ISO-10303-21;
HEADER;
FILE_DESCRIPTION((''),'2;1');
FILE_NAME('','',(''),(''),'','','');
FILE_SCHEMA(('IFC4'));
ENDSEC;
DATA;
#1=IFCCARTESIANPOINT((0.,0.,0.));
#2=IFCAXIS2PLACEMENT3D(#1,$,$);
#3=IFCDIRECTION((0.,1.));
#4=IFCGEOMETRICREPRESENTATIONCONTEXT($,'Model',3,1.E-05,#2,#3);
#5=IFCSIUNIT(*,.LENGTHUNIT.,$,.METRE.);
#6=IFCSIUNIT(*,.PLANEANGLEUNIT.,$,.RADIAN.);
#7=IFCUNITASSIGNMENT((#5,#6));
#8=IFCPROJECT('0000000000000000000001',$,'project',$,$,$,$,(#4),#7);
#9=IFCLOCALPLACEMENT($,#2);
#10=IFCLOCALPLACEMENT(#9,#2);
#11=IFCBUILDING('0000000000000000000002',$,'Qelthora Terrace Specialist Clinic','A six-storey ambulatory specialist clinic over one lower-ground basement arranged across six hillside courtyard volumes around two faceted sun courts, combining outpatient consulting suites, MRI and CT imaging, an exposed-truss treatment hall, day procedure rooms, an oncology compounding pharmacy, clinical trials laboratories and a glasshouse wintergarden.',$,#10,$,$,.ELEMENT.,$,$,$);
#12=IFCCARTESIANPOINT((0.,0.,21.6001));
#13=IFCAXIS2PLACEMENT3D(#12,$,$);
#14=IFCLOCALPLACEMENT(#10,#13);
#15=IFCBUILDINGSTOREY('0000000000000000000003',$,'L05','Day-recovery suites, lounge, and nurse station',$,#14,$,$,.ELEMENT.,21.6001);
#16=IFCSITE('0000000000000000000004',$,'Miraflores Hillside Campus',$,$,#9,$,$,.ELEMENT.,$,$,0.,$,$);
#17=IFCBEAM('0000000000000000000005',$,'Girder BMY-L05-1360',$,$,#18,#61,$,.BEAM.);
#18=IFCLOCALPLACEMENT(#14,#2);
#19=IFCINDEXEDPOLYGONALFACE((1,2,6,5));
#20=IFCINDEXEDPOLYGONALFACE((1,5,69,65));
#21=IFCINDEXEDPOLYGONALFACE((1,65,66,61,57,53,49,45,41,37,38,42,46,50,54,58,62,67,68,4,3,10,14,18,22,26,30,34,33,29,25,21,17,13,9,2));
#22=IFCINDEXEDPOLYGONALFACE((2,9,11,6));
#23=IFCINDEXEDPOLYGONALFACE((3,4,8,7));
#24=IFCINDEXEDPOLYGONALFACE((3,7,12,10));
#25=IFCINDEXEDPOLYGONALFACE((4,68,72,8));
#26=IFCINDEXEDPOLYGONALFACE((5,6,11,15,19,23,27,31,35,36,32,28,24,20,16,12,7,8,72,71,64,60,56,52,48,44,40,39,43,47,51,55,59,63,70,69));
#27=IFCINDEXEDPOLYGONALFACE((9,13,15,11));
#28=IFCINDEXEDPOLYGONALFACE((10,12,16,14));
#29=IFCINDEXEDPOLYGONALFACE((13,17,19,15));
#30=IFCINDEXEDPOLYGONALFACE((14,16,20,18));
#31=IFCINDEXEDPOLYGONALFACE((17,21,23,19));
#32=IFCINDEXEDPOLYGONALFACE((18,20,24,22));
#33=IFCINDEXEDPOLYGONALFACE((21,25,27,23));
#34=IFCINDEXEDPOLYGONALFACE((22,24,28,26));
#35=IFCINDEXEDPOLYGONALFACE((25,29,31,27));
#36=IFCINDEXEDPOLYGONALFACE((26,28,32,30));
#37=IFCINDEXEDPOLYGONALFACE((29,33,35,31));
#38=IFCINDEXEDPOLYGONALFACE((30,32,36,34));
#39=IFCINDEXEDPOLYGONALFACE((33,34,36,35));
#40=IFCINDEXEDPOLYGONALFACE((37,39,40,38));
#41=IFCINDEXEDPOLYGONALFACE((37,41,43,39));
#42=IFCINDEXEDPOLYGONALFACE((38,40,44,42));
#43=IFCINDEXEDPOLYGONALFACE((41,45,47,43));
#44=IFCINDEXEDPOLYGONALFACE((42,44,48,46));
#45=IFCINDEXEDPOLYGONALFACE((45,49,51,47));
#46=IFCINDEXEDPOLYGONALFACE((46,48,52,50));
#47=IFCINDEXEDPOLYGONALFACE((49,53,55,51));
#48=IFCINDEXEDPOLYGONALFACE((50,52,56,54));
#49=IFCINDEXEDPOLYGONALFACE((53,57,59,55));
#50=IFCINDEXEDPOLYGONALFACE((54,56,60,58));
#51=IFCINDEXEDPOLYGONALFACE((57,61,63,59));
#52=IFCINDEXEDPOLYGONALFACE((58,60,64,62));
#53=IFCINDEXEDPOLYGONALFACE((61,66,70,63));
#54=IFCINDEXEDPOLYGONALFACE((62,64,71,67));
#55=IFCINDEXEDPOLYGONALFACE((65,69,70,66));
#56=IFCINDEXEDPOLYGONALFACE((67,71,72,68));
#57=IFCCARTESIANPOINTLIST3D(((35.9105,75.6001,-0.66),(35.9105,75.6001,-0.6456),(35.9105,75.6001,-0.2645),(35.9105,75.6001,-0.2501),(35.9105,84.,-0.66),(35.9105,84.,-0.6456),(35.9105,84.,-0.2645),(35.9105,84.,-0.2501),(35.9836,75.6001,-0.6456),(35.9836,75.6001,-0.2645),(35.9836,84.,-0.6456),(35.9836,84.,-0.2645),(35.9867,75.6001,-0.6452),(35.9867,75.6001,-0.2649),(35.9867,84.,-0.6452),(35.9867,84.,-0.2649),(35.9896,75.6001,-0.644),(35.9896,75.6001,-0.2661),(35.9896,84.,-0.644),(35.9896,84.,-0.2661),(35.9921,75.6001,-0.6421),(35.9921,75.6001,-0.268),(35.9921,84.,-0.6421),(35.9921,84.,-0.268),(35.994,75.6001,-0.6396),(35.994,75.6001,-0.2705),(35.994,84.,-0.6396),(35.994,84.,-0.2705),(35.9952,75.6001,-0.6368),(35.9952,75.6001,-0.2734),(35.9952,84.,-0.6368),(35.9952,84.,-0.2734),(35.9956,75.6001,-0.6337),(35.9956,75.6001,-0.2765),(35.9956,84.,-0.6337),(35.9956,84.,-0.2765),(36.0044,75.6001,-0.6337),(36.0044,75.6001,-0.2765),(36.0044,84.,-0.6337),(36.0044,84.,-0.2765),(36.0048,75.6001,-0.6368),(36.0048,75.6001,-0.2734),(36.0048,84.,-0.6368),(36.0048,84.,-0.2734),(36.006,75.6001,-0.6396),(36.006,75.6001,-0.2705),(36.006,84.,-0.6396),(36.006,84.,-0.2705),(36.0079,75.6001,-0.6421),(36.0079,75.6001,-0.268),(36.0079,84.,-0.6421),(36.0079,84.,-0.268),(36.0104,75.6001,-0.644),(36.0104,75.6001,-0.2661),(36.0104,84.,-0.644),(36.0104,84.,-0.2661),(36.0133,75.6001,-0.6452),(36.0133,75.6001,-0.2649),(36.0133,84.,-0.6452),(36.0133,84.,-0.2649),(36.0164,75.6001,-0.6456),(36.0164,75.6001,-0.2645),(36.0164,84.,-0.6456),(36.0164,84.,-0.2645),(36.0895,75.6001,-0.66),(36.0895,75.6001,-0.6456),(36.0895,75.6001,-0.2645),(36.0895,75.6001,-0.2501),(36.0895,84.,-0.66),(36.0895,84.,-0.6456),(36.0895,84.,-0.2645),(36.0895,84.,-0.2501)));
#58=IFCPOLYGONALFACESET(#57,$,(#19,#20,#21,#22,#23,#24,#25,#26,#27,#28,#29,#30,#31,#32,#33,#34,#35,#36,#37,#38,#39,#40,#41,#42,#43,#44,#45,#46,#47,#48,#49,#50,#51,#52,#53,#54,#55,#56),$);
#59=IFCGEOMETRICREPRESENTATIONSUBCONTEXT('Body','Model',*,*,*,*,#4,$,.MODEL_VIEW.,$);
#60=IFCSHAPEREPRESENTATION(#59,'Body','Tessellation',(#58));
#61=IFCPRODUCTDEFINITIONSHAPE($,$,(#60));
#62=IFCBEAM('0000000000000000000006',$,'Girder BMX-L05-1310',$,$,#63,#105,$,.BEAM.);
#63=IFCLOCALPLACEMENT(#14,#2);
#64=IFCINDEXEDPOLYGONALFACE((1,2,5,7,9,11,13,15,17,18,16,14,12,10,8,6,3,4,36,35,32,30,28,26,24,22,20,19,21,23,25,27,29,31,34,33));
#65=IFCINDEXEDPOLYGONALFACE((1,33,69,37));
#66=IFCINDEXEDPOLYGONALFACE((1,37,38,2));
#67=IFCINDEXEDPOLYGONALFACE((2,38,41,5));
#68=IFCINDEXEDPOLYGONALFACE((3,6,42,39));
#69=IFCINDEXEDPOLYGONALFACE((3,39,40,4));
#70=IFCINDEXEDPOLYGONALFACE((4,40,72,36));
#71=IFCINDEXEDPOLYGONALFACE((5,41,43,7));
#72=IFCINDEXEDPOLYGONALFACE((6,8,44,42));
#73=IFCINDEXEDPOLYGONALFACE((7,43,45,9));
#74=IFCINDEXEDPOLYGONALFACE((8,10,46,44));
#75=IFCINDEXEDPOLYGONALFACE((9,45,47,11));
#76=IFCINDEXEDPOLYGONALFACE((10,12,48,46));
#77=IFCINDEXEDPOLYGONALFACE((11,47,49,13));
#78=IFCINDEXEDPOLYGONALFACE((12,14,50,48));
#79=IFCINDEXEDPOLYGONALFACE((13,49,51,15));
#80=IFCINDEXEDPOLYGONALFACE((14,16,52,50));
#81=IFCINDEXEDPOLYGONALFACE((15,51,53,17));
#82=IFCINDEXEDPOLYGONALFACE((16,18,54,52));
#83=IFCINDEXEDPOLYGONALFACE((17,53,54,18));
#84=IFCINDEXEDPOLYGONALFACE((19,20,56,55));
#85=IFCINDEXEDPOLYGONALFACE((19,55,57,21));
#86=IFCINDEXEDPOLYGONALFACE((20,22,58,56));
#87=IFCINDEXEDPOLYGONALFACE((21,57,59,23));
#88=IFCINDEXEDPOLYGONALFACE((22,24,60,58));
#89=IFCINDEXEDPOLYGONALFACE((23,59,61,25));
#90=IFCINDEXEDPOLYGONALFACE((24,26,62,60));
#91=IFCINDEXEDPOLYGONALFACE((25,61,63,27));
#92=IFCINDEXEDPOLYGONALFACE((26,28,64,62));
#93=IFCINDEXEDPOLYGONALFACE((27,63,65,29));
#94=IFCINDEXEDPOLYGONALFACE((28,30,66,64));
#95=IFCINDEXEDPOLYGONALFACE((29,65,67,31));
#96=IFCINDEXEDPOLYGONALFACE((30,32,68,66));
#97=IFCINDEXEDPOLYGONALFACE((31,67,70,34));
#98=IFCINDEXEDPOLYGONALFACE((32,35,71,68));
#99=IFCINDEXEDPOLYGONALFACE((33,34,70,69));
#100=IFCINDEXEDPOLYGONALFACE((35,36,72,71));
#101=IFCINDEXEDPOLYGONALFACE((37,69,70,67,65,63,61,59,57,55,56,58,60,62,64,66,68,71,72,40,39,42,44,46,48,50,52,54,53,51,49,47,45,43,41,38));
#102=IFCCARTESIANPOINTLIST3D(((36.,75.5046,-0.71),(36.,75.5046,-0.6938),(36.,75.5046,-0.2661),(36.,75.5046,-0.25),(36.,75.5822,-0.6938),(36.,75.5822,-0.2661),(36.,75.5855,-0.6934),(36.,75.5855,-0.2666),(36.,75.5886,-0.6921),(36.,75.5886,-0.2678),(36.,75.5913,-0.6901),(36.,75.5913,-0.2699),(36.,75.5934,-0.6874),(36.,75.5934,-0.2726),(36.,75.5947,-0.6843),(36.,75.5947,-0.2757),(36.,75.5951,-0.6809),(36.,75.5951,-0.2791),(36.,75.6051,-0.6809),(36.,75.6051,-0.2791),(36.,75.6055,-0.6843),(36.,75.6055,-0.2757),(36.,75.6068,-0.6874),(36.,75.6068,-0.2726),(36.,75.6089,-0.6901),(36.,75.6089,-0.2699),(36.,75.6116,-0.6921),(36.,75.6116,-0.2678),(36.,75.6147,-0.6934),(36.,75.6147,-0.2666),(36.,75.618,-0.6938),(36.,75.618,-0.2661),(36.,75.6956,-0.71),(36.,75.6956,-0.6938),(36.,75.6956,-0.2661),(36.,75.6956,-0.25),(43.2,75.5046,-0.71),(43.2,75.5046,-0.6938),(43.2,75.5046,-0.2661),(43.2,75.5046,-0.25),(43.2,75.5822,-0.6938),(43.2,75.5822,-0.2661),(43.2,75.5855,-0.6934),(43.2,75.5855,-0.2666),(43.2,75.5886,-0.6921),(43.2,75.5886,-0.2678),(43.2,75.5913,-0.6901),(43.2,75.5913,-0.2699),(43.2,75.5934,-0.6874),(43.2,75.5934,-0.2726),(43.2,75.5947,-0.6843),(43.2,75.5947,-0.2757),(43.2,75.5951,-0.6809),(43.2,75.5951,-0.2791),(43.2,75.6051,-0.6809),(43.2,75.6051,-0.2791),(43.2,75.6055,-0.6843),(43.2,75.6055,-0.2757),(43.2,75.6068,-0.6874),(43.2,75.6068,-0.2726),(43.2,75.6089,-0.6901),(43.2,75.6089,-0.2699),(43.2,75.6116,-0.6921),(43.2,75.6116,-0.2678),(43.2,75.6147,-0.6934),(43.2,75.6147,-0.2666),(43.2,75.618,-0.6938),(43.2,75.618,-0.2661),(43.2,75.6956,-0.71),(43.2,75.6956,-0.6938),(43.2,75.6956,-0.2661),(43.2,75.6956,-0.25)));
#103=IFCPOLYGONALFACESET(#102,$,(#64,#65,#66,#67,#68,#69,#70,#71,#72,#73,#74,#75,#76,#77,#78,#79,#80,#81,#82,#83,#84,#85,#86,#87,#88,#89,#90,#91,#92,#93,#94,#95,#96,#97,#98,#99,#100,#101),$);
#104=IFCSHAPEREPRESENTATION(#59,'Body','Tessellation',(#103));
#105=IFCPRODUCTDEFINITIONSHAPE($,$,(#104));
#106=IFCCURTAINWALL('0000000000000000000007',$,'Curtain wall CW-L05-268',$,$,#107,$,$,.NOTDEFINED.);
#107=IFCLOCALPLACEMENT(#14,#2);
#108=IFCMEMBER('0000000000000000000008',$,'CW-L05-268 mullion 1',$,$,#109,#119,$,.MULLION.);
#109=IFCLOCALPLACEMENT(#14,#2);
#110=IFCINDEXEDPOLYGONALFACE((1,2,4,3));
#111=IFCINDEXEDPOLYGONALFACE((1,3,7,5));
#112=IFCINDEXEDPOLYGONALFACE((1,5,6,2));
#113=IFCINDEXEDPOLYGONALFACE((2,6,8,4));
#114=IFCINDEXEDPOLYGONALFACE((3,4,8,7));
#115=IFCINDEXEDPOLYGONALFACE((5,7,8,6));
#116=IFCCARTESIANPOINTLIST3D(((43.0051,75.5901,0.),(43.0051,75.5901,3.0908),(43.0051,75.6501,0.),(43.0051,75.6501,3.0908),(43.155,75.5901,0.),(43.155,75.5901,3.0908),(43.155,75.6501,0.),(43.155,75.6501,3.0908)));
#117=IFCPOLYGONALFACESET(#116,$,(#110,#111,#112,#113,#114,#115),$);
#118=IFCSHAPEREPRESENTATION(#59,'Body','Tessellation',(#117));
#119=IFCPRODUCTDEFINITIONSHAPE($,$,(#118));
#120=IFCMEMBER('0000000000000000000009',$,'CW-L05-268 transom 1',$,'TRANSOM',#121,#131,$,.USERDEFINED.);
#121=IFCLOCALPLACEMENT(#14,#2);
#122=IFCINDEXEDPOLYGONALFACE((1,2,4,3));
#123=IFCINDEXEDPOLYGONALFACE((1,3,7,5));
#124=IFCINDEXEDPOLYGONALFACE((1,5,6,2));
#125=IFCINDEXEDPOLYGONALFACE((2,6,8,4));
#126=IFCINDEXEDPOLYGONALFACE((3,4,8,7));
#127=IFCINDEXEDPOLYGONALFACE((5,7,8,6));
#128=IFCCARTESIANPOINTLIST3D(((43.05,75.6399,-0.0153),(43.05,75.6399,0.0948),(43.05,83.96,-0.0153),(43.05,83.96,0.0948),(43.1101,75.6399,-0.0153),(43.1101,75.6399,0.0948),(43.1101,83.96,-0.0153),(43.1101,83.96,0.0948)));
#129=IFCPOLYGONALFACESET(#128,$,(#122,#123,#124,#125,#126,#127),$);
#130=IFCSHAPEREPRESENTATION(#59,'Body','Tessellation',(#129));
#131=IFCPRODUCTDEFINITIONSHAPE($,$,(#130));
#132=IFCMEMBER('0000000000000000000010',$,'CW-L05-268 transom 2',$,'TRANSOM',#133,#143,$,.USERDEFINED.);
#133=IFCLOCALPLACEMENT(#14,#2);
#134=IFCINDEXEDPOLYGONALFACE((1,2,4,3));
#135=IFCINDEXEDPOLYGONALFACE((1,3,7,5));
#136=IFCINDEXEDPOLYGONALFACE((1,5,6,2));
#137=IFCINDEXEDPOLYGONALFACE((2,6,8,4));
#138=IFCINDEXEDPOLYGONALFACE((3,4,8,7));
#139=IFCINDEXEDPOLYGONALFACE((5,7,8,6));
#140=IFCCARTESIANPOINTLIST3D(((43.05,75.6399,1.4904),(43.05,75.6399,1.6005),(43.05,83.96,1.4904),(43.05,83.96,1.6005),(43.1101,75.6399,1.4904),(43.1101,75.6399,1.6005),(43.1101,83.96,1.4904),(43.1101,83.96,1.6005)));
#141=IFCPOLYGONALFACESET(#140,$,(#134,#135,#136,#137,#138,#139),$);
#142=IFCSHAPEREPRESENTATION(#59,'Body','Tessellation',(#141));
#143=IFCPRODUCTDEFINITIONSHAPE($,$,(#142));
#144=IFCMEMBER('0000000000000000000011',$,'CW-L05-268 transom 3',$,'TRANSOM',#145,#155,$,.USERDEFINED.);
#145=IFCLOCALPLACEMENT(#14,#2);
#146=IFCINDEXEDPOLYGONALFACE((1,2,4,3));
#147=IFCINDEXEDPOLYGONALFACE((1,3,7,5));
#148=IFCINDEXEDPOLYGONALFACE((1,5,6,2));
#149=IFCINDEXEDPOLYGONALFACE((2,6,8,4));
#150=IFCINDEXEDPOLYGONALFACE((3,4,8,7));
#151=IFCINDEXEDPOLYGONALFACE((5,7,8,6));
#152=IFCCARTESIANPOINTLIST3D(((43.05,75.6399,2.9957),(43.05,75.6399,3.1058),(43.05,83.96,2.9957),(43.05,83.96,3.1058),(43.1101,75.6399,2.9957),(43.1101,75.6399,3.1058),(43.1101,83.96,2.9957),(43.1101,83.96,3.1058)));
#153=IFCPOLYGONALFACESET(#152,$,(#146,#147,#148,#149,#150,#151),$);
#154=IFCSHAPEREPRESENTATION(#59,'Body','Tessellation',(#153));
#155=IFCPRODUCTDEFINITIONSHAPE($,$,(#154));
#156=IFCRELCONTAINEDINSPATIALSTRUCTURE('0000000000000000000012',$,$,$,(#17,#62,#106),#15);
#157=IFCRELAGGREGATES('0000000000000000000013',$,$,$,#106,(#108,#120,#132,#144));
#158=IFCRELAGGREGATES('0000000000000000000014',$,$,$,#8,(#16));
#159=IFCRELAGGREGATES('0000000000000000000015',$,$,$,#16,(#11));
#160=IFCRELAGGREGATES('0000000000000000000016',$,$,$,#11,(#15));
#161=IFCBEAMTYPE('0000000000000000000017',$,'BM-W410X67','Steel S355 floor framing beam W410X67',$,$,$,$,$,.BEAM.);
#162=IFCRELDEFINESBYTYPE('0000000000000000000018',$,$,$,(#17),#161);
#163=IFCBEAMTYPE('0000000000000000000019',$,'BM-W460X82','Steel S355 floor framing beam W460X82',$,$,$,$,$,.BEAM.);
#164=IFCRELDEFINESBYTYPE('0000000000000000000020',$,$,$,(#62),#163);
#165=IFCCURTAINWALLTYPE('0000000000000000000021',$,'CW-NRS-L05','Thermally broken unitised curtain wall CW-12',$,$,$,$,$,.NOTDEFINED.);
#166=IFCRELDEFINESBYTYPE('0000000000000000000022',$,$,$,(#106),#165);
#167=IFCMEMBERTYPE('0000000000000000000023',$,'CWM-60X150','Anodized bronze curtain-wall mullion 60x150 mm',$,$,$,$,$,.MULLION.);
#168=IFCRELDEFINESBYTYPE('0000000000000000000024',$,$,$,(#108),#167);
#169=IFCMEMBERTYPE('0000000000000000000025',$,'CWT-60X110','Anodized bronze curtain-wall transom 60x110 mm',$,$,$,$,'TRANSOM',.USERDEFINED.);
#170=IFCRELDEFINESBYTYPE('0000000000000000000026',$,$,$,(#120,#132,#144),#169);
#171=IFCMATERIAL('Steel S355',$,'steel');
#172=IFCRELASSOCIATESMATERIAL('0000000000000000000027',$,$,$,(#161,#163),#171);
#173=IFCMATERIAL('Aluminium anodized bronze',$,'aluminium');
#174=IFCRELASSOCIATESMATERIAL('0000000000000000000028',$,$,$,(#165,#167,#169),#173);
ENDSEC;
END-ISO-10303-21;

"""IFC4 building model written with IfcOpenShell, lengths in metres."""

from ifc_helpers import new_model, si_unit, direction, frame, origin, origin_2d, place, context, subcontext, project, spatial, rectangle, i_section, extrude, material, material_profile, profile_set, type_object, element, aggregate, save


model = new_model("IFC4")

# Units and contexts
model_context = context("Model", 3, precision=1e-05, world=origin(), true_north=direction((0.0, 1.0)))
body_context = subcontext(model_context, "Body", "Model", "MODEL_VIEW")
ifc_project = project(units=[si_unit("LENGTHUNIT", "METRE"), si_unit("PLANEANGLEUNIT", "RADIAN")], contexts=[model_context])

# Site, building, storey
site_placement = place(None, origin())
site = spatial("IfcSite", under=ifc_project, at=site_placement, Name="Miraflores Hillside Campus", CompositionType="ELEMENT", RefElevation=0.0)
building_placement = place(site_placement, origin())
building = spatial("IfcBuilding", under=site, at=building_placement, Name="Qelthora Terrace Specialist Clinic", Description="A six-storey ambulatory specialist clinic over one lower-ground basement arranged across six hillside courtyard volumes around two faceted sun courts, combining outpatient consulting suites, MRI and CT imaging, an exposed-truss treatment hall, day procedure rooms, an oncology compounding pharmacy, clinical trials laboratories and a glasshouse wintergarden.", CompositionType="ELEMENT")
storey_placement = place(building_placement, frame((0.0, 0.0, 21.6001)))
storey = spatial("IfcBuildingStorey", under=building, at=storey_placement, Name="L05", Description="Day-recovery suites, lounge, and nurse station", CompositionType="ELEMENT", Elevation=21.6001)

# Beams
ifc_material_1 = material(Name="Steel S355", Category="steel")
ifc_material_profile_1 = material_profile(ifc_material_1, i_section(OverallWidth=0.179, OverallDepth=0.4099, WebThickness=0.0088, FlangeThickness=0.0144, FilletRadius=0.012, at=origin_2d()), Name="W410X67")
ifc_profile_set_1 = profile_set([ifc_material_profile_1], Name="Steel S355")
beam_type_1 = type_object("IfcBeamType", Name="BM-W410X67", Description="Steel S355 floor framing beam W410X67", PredefinedType="BEAM", material=ifc_profile_set_1)
beam_1_placement = place(storey_placement, frame((36.0, 75.6001, -0.4551), z_axis=(0.0, 1.0, 0.0), x_axis=(-1.0, 0.0, 0.0)))
element("IfcBeam", 1, at=beam_1_placement, inside=storey, type_object=beam_type_1, Name="Girder BMY-L05-1360", PredefinedType="BEAM", context=body_context, shape_type="SweptSolid", body=[
    extrude(i_section(OverallWidth=0.179, OverallDepth=0.4099, WebThickness=0.0088, FlangeThickness=0.0144, FilletRadius=0.012, at=origin_2d()), origin(), (0.0, 0.0, 1.0), 8.3999),
])
ifc_material_profile_2 = material_profile(ifc_material_1, i_section(OverallWidth=0.1909, OverallDepth=0.46, WebThickness=0.01, FlangeThickness=0.0161, FilletRadius=0.0129, at=origin_2d()), Name="W460X82")
ifc_profile_set_2 = profile_set([ifc_material_profile_2], Name="Steel S355")
beam_type_2 = type_object("IfcBeamType", Name="BM-W460X82", Description="Steel S355 floor framing beam W460X82", PredefinedType="BEAM", material=ifc_profile_set_2)
beam_2_placement = place(storey_placement, frame((36.0, 75.6001, -0.48), z_axis=(1.0, 0.0, 0.0), x_axis=(0.0, 1.0, 0.0)))
element("IfcBeam", 2, at=beam_2_placement, inside=storey, type_object=beam_type_2, Name="Girder BMX-L05-1310", PredefinedType="BEAM", context=body_context, shape_type="SweptSolid", body=[
    extrude(i_section(OverallWidth=0.1909, OverallDepth=0.46, WebThickness=0.01, FlangeThickness=0.0161, FilletRadius=0.0129, at=origin_2d()), origin(), (0.0, 0.0, 1.0), 7.2),
])

# Curtain wall, members
ifc_material_2 = material(Name="Aluminium anodized bronze", Category="aluminium")
curtain_wall_type = type_object("IfcCurtainWallType", Name="CW-NRS-L05", Description="Thermally broken unitised curtain wall CW-12", PredefinedType="NOTDEFINED", material=ifc_material_2)
curtain_wall_placement = place(storey_placement, origin())
curtain_wall = element("IfcCurtainWall", 3, at=curtain_wall_placement, inside=storey, type_object=curtain_wall_type, Name="Curtain wall CW-L05-268", PredefinedType="NOTDEFINED")
ifc_material_profile_3 = material_profile(ifc_material_2, rectangle(XDim=0.0601, YDim=0.1499, at=origin_2d()), Name="CWM60X150")
ifc_profile_set_3 = profile_set([ifc_material_profile_3], Name="Aluminium anodized bronze")
member_type_1 = type_object("IfcMemberType", Name="CWM-60X150", Description="Anodized bronze curtain-wall mullion 60x150 mm", PredefinedType="MULLION", material=ifc_profile_set_3)
member_1_placement = place(storey_placement, frame((43.0801, 75.6201, 0.0), z_axis=(0.0, 0.0, 1.0), x_axis=(0.0, 1.0, 0.0)))
member_1 = element("IfcMember", 4, at=member_1_placement, type_object=member_type_1, Name="CW-L05-268 mullion 1", PredefinedType="MULLION", context=body_context, shape_type="SweptSolid", body=[
    extrude(rectangle(XDim=0.0601, YDim=0.1499, at=origin_2d()), origin(), (0.0, 0.0, 1.0), 3.0908),
])
ifc_material_profile_4 = material_profile(ifc_material_2, rectangle(XDim=0.0601, YDim=0.1101, at=origin_2d()), Name="CWT60X110")
ifc_profile_set_4 = profile_set([ifc_material_profile_4], Name="Aluminium anodized bronze")
member_type_2 = type_object("IfcMemberType", Name="CWT-60X110", Description="Anodized bronze curtain-wall transom 60x110 mm", ElementType="TRANSOM", PredefinedType="USERDEFINED", material=ifc_profile_set_4)
member_2_placement = place(storey_placement, frame((43.0801, 75.6399, 0.0398), z_axis=(0.0, 1.0, 0.0), x_axis=(-1.0, 0.0, 0.0)))
member_2 = element("IfcMember", 5, at=member_2_placement, type_object=member_type_2, Name="CW-L05-268 transom 1", ObjectType="TRANSOM", PredefinedType="USERDEFINED", context=body_context, shape_type="SweptSolid", body=[
    extrude(rectangle(XDim=0.0601, YDim=0.1101, at=origin_2d()), origin(), (0.0, 0.0, 1.0), 8.3201),
])
member_3_placement = place(storey_placement, frame((43.0801, 75.6399, 1.5454), z_axis=(0.0, 1.0, 0.0), x_axis=(-1.0, 0.0, 0.0)))
member_3 = element("IfcMember", 6, at=member_3_placement, type_object=member_type_2, Name="CW-L05-268 transom 2", ObjectType="TRANSOM", PredefinedType="USERDEFINED", context=body_context, shape_type="SweptSolid", body=[
    extrude(rectangle(XDim=0.0601, YDim=0.1101, at=origin_2d()), origin(), (0.0, 0.0, 1.0), 8.3201),
])
member_4_placement = place(storey_placement, frame((43.0801, 75.6399, 3.0508), z_axis=(0.0, 1.0, 0.0), x_axis=(-1.0, 0.0, 0.0)))
member_4 = element("IfcMember", 7, at=member_4_placement, type_object=member_type_2, Name="CW-L05-268 transom 3", ObjectType="TRANSOM", PredefinedType="USERDEFINED", context=body_context, shape_type="SweptSolid", body=[
    extrude(rectangle(XDim=0.0601, YDim=0.1101, at=origin_2d()), origin(), (0.0, 0.0, 1.0), 8.3201),
])

aggregate(curtain_wall, [member_1, member_2, member_3, member_4])

save(model, "model.ifc")
